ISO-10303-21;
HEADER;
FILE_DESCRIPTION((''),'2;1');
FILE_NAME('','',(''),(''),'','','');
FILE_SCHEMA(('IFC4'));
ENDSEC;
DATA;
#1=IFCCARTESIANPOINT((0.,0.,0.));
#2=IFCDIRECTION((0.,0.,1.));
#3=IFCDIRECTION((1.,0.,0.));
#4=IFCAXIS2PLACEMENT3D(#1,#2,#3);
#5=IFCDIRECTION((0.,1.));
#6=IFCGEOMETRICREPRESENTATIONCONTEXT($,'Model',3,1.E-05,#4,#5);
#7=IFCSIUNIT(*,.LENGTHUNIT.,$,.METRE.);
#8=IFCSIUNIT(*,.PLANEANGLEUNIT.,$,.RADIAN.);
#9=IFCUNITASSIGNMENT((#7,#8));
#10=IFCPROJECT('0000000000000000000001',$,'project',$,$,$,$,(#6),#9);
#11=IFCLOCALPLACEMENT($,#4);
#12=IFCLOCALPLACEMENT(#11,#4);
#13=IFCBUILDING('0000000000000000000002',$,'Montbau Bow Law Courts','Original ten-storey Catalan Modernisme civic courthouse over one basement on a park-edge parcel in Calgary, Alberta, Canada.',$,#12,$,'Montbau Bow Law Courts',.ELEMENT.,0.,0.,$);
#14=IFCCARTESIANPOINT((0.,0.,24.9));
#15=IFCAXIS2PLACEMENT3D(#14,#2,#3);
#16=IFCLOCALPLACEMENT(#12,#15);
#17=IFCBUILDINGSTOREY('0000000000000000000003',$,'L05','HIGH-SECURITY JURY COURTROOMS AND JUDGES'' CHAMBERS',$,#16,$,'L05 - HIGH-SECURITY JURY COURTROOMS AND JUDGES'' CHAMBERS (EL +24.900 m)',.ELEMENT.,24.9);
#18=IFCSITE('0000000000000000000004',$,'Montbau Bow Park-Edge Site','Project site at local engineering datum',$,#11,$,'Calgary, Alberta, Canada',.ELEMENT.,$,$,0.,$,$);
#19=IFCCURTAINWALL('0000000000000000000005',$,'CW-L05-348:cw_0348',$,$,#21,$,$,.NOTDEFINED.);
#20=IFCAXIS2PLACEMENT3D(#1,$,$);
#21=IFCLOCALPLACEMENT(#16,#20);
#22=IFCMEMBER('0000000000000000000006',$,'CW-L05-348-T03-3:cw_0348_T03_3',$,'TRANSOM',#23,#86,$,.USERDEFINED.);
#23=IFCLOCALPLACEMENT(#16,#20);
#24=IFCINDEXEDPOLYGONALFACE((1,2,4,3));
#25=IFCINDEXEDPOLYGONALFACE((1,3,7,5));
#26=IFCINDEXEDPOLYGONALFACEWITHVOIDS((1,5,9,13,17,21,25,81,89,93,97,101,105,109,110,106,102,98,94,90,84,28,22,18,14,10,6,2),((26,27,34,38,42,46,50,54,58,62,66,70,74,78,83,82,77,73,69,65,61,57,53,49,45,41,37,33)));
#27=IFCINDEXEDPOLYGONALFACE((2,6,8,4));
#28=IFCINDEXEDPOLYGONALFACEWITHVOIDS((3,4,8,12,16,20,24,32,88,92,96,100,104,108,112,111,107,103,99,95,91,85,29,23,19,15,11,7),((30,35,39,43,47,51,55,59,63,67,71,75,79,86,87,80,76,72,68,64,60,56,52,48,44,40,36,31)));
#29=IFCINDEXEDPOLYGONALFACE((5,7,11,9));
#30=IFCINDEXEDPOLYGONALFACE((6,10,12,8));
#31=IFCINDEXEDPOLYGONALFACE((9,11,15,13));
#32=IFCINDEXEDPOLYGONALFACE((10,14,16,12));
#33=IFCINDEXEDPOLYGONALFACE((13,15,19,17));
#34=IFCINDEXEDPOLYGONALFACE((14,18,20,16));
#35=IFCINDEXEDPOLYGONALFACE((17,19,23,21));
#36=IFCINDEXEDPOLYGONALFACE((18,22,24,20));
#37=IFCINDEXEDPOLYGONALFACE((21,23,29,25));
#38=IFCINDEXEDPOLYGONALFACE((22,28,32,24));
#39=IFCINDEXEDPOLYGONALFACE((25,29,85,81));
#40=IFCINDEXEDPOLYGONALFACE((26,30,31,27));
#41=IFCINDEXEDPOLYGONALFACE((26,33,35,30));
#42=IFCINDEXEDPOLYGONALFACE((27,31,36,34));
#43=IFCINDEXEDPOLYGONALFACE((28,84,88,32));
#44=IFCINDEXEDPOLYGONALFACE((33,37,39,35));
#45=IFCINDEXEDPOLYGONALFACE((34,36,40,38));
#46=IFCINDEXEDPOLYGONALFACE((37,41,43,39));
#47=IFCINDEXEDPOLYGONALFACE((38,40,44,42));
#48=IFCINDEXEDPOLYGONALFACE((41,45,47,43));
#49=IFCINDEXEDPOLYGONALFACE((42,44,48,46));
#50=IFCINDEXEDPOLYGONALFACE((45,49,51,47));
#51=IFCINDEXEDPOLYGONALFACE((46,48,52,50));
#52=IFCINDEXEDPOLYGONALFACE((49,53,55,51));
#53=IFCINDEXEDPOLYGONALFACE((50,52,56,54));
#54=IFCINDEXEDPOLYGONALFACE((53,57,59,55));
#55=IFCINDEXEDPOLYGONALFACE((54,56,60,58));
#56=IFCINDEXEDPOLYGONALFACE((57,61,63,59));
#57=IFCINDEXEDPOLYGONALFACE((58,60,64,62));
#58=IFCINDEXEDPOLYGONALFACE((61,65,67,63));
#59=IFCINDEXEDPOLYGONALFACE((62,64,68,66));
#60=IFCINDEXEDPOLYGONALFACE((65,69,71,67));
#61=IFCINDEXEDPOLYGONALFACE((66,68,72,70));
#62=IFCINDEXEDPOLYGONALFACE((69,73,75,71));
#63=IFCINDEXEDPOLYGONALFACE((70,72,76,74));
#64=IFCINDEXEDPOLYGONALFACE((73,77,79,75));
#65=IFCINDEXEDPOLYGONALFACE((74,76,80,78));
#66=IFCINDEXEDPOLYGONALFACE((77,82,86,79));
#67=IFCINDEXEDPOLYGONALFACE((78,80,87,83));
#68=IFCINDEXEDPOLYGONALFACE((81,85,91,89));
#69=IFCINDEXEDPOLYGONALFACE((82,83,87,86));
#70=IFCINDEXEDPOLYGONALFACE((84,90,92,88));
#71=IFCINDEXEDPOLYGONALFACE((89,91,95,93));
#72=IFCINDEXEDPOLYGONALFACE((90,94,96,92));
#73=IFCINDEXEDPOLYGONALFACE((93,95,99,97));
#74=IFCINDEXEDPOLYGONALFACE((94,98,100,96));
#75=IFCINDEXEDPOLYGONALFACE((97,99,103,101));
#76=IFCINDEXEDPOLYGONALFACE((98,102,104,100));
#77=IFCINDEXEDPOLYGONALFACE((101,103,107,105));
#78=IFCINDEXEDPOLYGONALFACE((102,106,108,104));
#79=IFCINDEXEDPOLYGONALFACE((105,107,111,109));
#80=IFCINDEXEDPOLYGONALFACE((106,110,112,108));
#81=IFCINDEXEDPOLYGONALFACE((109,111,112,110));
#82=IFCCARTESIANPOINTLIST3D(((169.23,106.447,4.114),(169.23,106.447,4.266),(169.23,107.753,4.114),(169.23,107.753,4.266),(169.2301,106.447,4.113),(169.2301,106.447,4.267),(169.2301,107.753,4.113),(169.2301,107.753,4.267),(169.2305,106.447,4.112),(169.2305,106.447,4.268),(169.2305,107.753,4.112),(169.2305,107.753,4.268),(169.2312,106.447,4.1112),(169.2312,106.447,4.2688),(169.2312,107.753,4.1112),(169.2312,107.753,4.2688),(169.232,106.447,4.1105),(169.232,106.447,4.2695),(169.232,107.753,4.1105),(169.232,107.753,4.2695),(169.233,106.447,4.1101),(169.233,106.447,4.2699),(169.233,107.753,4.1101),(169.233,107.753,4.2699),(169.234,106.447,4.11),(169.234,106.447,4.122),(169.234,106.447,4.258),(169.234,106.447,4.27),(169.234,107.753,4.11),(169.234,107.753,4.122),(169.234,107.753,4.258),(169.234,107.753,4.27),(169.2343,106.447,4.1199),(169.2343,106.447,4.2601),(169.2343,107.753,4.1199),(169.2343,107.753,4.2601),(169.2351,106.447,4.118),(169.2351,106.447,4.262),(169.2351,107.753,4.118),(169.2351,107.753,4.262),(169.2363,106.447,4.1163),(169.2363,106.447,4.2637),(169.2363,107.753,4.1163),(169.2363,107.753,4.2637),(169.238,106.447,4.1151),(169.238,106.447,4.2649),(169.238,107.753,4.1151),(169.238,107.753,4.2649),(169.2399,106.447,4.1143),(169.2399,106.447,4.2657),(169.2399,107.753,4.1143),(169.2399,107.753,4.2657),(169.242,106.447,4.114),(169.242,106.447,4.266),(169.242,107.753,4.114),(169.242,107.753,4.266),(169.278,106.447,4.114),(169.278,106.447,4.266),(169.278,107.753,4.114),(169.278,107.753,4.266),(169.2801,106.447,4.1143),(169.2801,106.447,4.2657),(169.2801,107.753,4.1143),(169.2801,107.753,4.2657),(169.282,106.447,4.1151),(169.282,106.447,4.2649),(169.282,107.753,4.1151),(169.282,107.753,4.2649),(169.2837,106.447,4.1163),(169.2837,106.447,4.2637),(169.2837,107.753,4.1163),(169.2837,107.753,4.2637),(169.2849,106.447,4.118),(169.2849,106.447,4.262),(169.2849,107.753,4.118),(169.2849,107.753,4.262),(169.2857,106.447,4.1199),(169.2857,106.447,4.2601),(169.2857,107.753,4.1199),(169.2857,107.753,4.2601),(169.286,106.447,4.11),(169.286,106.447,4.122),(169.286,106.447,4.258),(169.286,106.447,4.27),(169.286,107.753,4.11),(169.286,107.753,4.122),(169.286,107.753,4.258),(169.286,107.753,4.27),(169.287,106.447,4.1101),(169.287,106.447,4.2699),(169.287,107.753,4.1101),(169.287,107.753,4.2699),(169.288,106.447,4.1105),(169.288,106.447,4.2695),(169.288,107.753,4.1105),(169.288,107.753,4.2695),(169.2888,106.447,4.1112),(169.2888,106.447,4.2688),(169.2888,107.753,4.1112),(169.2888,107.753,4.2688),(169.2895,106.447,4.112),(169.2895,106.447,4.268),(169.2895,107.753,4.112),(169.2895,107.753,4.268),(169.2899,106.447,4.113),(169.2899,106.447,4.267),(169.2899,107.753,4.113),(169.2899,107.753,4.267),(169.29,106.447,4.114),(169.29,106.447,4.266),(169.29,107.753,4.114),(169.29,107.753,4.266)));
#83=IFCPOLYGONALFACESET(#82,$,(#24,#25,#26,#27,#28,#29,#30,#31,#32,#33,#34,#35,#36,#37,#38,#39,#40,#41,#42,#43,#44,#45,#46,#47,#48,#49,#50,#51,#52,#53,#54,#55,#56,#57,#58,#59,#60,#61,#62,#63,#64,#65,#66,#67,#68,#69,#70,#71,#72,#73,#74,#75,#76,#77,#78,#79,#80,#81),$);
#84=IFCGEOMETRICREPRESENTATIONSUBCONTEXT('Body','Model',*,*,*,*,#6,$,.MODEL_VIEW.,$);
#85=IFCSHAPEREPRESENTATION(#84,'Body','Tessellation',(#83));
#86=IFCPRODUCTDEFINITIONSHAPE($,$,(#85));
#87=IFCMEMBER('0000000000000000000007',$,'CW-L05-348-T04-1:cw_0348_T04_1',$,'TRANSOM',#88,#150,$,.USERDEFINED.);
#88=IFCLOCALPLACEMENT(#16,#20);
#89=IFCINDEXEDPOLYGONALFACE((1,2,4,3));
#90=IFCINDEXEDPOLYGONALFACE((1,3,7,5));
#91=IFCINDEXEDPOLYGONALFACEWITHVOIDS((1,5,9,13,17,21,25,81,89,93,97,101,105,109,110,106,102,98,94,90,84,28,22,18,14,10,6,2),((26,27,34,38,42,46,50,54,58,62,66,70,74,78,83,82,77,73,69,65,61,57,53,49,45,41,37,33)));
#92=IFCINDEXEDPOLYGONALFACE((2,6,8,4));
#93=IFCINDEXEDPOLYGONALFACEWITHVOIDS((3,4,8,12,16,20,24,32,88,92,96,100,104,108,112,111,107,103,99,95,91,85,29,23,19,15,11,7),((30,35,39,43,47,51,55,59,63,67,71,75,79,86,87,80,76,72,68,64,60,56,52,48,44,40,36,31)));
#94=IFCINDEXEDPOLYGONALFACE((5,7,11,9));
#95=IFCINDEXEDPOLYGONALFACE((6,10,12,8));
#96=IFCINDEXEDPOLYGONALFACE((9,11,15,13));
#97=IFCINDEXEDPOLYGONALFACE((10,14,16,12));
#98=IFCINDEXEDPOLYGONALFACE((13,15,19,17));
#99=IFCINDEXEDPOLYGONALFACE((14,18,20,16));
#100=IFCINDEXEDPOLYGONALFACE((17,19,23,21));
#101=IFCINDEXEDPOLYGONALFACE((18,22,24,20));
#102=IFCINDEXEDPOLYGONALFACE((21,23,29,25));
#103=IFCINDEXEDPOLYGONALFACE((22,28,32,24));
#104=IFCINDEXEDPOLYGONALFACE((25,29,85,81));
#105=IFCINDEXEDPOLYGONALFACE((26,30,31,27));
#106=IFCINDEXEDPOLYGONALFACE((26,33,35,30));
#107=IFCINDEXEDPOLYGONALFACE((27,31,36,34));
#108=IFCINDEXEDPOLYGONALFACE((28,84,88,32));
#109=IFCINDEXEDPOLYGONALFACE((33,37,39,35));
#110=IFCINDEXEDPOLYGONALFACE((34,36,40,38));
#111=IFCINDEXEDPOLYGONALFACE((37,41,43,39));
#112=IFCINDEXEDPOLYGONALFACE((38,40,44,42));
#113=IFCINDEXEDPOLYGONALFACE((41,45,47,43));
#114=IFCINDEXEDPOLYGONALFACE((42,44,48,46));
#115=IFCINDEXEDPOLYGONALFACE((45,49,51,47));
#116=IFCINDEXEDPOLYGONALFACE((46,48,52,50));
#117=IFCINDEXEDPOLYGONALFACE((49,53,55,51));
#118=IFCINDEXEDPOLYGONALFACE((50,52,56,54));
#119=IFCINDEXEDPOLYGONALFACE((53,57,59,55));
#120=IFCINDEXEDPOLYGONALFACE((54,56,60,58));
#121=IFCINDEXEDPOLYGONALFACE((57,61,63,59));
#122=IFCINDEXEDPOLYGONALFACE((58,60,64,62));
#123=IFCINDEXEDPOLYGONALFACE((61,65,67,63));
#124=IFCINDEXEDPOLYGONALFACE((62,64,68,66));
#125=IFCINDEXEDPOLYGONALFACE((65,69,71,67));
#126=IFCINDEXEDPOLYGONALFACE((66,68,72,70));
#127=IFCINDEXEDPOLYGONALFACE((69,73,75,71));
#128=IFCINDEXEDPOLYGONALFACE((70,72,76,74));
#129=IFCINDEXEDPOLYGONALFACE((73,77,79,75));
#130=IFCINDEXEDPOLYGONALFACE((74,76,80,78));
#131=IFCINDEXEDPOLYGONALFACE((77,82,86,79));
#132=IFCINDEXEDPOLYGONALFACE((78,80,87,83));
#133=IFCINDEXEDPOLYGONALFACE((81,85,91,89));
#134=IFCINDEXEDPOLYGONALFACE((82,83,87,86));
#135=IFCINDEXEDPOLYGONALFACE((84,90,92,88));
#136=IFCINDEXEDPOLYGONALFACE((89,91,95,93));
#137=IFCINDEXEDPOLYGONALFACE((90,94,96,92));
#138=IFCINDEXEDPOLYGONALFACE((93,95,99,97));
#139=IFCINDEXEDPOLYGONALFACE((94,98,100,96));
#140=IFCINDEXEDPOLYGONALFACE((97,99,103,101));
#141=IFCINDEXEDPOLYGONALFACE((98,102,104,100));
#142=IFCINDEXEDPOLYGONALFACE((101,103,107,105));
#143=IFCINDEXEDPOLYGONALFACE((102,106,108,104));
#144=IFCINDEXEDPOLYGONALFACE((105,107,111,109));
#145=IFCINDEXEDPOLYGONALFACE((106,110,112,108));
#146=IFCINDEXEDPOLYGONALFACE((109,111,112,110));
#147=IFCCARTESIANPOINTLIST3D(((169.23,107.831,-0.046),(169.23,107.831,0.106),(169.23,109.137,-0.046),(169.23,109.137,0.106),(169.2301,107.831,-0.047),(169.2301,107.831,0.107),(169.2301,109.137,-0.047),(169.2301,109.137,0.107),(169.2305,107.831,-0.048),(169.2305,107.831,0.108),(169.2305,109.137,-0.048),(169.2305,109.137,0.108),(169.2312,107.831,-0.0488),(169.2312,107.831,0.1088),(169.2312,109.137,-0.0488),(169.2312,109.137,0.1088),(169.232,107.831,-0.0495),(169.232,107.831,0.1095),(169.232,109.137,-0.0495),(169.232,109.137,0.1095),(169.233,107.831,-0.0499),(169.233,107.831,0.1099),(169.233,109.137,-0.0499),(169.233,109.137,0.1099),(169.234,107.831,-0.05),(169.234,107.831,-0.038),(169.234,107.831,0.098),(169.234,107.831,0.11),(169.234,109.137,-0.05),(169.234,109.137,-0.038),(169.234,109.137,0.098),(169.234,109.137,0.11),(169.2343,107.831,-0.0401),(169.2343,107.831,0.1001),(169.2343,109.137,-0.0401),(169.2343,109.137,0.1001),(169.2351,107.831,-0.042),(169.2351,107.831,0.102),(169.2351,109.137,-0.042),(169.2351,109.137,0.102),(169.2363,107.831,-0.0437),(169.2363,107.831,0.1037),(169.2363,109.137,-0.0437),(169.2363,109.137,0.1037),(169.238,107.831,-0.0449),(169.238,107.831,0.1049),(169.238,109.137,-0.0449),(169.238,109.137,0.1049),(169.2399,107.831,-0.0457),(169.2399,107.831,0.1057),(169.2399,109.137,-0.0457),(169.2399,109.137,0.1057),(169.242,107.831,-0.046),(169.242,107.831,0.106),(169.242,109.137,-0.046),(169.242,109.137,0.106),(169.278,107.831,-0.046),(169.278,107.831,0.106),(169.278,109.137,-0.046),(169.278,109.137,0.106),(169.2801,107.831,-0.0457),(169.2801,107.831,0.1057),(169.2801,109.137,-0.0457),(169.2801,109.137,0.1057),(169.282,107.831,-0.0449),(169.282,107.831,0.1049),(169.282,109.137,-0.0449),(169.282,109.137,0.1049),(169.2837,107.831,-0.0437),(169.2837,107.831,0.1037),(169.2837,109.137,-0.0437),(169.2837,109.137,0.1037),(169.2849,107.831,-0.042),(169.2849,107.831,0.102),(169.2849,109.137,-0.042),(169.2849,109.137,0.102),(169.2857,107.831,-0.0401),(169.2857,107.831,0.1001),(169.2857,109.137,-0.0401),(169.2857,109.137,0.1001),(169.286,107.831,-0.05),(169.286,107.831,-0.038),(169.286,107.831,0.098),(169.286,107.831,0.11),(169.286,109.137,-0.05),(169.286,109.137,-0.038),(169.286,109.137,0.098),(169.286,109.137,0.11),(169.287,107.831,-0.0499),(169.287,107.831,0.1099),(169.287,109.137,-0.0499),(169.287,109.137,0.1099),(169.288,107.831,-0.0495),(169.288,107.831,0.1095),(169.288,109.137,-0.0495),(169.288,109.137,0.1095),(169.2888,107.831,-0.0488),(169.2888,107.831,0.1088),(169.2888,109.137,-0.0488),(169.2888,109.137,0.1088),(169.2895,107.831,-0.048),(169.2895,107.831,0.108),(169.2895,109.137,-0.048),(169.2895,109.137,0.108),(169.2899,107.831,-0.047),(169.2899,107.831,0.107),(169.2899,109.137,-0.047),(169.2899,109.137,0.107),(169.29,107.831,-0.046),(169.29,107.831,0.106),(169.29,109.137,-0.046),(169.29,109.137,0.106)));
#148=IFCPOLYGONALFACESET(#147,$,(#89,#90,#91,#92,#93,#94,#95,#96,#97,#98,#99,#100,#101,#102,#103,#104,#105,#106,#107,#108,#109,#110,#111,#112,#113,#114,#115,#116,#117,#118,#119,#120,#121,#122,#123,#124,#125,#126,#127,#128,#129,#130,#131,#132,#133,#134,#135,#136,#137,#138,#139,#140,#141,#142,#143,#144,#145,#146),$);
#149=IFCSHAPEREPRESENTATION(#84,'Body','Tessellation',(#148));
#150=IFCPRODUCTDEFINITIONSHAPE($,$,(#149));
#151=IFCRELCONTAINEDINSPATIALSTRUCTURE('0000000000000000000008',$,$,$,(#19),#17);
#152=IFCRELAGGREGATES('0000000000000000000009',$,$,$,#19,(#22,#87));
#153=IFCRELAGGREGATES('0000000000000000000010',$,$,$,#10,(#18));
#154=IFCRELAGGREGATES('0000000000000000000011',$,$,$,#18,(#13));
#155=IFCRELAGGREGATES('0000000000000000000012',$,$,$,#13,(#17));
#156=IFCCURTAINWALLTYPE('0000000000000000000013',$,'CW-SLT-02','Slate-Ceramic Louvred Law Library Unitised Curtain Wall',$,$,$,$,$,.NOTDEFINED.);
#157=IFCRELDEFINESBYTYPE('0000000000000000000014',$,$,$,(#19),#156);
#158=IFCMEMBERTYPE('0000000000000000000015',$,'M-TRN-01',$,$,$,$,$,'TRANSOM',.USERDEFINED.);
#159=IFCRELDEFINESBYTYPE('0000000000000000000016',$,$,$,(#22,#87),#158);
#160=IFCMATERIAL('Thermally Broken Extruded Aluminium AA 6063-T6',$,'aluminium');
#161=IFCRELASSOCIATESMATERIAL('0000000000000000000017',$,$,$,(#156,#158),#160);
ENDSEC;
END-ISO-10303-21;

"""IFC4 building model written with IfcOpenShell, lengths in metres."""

from ifc_helpers import new_model, si_unit, direction, frame, origin_with_axes, origin_2d_with_axis, place, context, subcontext, project, spatial, hollow_rectangle, extrude, material, material_profile, profile_set, type_object, element, aggregate, save


model = new_model("IFC4")

# Units and contexts
model_context = context("Model", 3, precision=1e-05, world=origin_with_axes(), true_north=direction((0.0, 1.0)))
body_context = subcontext(model_context, "Body", "Model", "MODEL_VIEW")
ifc_project = project(units=[si_unit("LENGTHUNIT", "METRE"), si_unit("PLANEANGLEUNIT", "RADIAN")], contexts=[model_context])

# Site, building, storey
site_placement = place(None, origin_with_axes())
site = spatial("IfcSite", under=ifc_project, at=site_placement, Name="Montbau Bow Park-Edge Site", Description="Project site at local engineering datum", LongName="Calgary, Alberta, Canada", CompositionType="ELEMENT", RefElevation=0.0)
building_placement = place(site_placement, origin_with_axes())
building = spatial("IfcBuilding", under=site, at=building_placement, Name="Montbau Bow Law Courts", Description="Original ten-storey Catalan Modernisme civic courthouse over one basement on a park-edge parcel in Calgary, Alberta, Canada.", LongName="Montbau Bow Law Courts", CompositionType="ELEMENT", ElevationOfRefHeight=0.0, ElevationOfTerrain=0.0)
storey_placement = place(building_placement, frame((0.0, 0.0, 24.9), z_axis=(0.0, 0.0, 1.0), x_axis=(1.0, 0.0, 0.0)))
storey = spatial("IfcBuildingStorey", under=building, at=storey_placement, Name="L05", Description="HIGH-SECURITY JURY COURTROOMS AND JUDGES' CHAMBERS", LongName="L05 - HIGH-SECURITY JURY COURTROOMS AND JUDGES' CHAMBERS (EL +24.900 m)", CompositionType="ELEMENT", Elevation=24.9)

# Curtain wall
ifc_material_1 = material(Name="Thermally Broken Extruded Aluminium AA 6063-T6", Category="aluminium")
curtain_wall_type = type_object("IfcCurtainWallType", Name="CW-SLT-02", Description="Slate-Ceramic Louvred Law Library Unitised Curtain Wall", PredefinedType="NOTDEFINED", material=ifc_material_1)
curtain_wall_placement = place(None, frame((169.26, 103.64, 24.9), z_axis=(0.0, 0.0, 1.0), x_axis=(1.0, 0.0, 0.0)))
curtain_wall = element("IfcCurtainWall", 1, at=curtain_wall_placement, inside=storey, type_object=curtain_wall_type, Name="CW-L05-348:cw_0348", PredefinedType="NOTDEFINED")

# Members
ifc_material_profile_1 = material_profile(ifc_material_1, hollow_rectangle(XDim=0.06, YDim=0.16, WallThickness=0.004, InnerFilletRadius=0.008, OuterFilletRadius=0.004, at=origin_2d_with_axis()), Name="CWT-160X60", Category="Main", Priority=0)
ifc_profile_set_1 = profile_set([ifc_material_profile_1], Name="Thermally Broken Extruded Aluminium AA 6063-T6")
member_type_1 = type_object("IfcMemberType", Name="M-TRN-01", ElementType="TRANSOM", PredefinedType="USERDEFINED", material=ifc_profile_set_1)
member_1_placement = place(None, frame((169.26, 106.447, 29.09), z_axis=(0.0, 1.0, 0.0), x_axis=(-1.0, 0.0, 0.0)))
member_1 = element("IfcMember", 2, at=member_1_placement, type_object=member_type_1, Name="CW-L05-348-T03-3:cw_0348_T03_3", ObjectType="TRANSOM", PredefinedType="USERDEFINED", context=body_context, shape_type="SweptSolid", body=[
    extrude(hollow_rectangle(XDim=0.06, YDim=0.16, WallThickness=0.004, InnerFilletRadius=0.008, OuterFilletRadius=0.004, at=origin_2d_with_axis()), origin_with_axes(), (0.0, 0.0, 1.0), 1.306),
])
member_2_placement = place(None, frame((169.26, 107.831, 24.93), z_axis=(0.0, 1.0, 0.0), x_axis=(-1.0, 0.0, 0.0)))
member_2 = element("IfcMember", 3, at=member_2_placement, type_object=member_type_1, Name="CW-L05-348-T04-1:cw_0348_T04_1", ObjectType="TRANSOM", PredefinedType="USERDEFINED", context=body_context, shape_type="SweptSolid", body=[
    extrude(hollow_rectangle(XDim=0.06, YDim=0.16, WallThickness=0.004, InnerFilletRadius=0.008, OuterFilletRadius=0.004, at=origin_2d_with_axis()), origin_with_axes(), (0.0, 0.0, 1.0), 1.306),
])

aggregate(curtain_wall, [member_1, member_2])

save(model, "model.ifc")
